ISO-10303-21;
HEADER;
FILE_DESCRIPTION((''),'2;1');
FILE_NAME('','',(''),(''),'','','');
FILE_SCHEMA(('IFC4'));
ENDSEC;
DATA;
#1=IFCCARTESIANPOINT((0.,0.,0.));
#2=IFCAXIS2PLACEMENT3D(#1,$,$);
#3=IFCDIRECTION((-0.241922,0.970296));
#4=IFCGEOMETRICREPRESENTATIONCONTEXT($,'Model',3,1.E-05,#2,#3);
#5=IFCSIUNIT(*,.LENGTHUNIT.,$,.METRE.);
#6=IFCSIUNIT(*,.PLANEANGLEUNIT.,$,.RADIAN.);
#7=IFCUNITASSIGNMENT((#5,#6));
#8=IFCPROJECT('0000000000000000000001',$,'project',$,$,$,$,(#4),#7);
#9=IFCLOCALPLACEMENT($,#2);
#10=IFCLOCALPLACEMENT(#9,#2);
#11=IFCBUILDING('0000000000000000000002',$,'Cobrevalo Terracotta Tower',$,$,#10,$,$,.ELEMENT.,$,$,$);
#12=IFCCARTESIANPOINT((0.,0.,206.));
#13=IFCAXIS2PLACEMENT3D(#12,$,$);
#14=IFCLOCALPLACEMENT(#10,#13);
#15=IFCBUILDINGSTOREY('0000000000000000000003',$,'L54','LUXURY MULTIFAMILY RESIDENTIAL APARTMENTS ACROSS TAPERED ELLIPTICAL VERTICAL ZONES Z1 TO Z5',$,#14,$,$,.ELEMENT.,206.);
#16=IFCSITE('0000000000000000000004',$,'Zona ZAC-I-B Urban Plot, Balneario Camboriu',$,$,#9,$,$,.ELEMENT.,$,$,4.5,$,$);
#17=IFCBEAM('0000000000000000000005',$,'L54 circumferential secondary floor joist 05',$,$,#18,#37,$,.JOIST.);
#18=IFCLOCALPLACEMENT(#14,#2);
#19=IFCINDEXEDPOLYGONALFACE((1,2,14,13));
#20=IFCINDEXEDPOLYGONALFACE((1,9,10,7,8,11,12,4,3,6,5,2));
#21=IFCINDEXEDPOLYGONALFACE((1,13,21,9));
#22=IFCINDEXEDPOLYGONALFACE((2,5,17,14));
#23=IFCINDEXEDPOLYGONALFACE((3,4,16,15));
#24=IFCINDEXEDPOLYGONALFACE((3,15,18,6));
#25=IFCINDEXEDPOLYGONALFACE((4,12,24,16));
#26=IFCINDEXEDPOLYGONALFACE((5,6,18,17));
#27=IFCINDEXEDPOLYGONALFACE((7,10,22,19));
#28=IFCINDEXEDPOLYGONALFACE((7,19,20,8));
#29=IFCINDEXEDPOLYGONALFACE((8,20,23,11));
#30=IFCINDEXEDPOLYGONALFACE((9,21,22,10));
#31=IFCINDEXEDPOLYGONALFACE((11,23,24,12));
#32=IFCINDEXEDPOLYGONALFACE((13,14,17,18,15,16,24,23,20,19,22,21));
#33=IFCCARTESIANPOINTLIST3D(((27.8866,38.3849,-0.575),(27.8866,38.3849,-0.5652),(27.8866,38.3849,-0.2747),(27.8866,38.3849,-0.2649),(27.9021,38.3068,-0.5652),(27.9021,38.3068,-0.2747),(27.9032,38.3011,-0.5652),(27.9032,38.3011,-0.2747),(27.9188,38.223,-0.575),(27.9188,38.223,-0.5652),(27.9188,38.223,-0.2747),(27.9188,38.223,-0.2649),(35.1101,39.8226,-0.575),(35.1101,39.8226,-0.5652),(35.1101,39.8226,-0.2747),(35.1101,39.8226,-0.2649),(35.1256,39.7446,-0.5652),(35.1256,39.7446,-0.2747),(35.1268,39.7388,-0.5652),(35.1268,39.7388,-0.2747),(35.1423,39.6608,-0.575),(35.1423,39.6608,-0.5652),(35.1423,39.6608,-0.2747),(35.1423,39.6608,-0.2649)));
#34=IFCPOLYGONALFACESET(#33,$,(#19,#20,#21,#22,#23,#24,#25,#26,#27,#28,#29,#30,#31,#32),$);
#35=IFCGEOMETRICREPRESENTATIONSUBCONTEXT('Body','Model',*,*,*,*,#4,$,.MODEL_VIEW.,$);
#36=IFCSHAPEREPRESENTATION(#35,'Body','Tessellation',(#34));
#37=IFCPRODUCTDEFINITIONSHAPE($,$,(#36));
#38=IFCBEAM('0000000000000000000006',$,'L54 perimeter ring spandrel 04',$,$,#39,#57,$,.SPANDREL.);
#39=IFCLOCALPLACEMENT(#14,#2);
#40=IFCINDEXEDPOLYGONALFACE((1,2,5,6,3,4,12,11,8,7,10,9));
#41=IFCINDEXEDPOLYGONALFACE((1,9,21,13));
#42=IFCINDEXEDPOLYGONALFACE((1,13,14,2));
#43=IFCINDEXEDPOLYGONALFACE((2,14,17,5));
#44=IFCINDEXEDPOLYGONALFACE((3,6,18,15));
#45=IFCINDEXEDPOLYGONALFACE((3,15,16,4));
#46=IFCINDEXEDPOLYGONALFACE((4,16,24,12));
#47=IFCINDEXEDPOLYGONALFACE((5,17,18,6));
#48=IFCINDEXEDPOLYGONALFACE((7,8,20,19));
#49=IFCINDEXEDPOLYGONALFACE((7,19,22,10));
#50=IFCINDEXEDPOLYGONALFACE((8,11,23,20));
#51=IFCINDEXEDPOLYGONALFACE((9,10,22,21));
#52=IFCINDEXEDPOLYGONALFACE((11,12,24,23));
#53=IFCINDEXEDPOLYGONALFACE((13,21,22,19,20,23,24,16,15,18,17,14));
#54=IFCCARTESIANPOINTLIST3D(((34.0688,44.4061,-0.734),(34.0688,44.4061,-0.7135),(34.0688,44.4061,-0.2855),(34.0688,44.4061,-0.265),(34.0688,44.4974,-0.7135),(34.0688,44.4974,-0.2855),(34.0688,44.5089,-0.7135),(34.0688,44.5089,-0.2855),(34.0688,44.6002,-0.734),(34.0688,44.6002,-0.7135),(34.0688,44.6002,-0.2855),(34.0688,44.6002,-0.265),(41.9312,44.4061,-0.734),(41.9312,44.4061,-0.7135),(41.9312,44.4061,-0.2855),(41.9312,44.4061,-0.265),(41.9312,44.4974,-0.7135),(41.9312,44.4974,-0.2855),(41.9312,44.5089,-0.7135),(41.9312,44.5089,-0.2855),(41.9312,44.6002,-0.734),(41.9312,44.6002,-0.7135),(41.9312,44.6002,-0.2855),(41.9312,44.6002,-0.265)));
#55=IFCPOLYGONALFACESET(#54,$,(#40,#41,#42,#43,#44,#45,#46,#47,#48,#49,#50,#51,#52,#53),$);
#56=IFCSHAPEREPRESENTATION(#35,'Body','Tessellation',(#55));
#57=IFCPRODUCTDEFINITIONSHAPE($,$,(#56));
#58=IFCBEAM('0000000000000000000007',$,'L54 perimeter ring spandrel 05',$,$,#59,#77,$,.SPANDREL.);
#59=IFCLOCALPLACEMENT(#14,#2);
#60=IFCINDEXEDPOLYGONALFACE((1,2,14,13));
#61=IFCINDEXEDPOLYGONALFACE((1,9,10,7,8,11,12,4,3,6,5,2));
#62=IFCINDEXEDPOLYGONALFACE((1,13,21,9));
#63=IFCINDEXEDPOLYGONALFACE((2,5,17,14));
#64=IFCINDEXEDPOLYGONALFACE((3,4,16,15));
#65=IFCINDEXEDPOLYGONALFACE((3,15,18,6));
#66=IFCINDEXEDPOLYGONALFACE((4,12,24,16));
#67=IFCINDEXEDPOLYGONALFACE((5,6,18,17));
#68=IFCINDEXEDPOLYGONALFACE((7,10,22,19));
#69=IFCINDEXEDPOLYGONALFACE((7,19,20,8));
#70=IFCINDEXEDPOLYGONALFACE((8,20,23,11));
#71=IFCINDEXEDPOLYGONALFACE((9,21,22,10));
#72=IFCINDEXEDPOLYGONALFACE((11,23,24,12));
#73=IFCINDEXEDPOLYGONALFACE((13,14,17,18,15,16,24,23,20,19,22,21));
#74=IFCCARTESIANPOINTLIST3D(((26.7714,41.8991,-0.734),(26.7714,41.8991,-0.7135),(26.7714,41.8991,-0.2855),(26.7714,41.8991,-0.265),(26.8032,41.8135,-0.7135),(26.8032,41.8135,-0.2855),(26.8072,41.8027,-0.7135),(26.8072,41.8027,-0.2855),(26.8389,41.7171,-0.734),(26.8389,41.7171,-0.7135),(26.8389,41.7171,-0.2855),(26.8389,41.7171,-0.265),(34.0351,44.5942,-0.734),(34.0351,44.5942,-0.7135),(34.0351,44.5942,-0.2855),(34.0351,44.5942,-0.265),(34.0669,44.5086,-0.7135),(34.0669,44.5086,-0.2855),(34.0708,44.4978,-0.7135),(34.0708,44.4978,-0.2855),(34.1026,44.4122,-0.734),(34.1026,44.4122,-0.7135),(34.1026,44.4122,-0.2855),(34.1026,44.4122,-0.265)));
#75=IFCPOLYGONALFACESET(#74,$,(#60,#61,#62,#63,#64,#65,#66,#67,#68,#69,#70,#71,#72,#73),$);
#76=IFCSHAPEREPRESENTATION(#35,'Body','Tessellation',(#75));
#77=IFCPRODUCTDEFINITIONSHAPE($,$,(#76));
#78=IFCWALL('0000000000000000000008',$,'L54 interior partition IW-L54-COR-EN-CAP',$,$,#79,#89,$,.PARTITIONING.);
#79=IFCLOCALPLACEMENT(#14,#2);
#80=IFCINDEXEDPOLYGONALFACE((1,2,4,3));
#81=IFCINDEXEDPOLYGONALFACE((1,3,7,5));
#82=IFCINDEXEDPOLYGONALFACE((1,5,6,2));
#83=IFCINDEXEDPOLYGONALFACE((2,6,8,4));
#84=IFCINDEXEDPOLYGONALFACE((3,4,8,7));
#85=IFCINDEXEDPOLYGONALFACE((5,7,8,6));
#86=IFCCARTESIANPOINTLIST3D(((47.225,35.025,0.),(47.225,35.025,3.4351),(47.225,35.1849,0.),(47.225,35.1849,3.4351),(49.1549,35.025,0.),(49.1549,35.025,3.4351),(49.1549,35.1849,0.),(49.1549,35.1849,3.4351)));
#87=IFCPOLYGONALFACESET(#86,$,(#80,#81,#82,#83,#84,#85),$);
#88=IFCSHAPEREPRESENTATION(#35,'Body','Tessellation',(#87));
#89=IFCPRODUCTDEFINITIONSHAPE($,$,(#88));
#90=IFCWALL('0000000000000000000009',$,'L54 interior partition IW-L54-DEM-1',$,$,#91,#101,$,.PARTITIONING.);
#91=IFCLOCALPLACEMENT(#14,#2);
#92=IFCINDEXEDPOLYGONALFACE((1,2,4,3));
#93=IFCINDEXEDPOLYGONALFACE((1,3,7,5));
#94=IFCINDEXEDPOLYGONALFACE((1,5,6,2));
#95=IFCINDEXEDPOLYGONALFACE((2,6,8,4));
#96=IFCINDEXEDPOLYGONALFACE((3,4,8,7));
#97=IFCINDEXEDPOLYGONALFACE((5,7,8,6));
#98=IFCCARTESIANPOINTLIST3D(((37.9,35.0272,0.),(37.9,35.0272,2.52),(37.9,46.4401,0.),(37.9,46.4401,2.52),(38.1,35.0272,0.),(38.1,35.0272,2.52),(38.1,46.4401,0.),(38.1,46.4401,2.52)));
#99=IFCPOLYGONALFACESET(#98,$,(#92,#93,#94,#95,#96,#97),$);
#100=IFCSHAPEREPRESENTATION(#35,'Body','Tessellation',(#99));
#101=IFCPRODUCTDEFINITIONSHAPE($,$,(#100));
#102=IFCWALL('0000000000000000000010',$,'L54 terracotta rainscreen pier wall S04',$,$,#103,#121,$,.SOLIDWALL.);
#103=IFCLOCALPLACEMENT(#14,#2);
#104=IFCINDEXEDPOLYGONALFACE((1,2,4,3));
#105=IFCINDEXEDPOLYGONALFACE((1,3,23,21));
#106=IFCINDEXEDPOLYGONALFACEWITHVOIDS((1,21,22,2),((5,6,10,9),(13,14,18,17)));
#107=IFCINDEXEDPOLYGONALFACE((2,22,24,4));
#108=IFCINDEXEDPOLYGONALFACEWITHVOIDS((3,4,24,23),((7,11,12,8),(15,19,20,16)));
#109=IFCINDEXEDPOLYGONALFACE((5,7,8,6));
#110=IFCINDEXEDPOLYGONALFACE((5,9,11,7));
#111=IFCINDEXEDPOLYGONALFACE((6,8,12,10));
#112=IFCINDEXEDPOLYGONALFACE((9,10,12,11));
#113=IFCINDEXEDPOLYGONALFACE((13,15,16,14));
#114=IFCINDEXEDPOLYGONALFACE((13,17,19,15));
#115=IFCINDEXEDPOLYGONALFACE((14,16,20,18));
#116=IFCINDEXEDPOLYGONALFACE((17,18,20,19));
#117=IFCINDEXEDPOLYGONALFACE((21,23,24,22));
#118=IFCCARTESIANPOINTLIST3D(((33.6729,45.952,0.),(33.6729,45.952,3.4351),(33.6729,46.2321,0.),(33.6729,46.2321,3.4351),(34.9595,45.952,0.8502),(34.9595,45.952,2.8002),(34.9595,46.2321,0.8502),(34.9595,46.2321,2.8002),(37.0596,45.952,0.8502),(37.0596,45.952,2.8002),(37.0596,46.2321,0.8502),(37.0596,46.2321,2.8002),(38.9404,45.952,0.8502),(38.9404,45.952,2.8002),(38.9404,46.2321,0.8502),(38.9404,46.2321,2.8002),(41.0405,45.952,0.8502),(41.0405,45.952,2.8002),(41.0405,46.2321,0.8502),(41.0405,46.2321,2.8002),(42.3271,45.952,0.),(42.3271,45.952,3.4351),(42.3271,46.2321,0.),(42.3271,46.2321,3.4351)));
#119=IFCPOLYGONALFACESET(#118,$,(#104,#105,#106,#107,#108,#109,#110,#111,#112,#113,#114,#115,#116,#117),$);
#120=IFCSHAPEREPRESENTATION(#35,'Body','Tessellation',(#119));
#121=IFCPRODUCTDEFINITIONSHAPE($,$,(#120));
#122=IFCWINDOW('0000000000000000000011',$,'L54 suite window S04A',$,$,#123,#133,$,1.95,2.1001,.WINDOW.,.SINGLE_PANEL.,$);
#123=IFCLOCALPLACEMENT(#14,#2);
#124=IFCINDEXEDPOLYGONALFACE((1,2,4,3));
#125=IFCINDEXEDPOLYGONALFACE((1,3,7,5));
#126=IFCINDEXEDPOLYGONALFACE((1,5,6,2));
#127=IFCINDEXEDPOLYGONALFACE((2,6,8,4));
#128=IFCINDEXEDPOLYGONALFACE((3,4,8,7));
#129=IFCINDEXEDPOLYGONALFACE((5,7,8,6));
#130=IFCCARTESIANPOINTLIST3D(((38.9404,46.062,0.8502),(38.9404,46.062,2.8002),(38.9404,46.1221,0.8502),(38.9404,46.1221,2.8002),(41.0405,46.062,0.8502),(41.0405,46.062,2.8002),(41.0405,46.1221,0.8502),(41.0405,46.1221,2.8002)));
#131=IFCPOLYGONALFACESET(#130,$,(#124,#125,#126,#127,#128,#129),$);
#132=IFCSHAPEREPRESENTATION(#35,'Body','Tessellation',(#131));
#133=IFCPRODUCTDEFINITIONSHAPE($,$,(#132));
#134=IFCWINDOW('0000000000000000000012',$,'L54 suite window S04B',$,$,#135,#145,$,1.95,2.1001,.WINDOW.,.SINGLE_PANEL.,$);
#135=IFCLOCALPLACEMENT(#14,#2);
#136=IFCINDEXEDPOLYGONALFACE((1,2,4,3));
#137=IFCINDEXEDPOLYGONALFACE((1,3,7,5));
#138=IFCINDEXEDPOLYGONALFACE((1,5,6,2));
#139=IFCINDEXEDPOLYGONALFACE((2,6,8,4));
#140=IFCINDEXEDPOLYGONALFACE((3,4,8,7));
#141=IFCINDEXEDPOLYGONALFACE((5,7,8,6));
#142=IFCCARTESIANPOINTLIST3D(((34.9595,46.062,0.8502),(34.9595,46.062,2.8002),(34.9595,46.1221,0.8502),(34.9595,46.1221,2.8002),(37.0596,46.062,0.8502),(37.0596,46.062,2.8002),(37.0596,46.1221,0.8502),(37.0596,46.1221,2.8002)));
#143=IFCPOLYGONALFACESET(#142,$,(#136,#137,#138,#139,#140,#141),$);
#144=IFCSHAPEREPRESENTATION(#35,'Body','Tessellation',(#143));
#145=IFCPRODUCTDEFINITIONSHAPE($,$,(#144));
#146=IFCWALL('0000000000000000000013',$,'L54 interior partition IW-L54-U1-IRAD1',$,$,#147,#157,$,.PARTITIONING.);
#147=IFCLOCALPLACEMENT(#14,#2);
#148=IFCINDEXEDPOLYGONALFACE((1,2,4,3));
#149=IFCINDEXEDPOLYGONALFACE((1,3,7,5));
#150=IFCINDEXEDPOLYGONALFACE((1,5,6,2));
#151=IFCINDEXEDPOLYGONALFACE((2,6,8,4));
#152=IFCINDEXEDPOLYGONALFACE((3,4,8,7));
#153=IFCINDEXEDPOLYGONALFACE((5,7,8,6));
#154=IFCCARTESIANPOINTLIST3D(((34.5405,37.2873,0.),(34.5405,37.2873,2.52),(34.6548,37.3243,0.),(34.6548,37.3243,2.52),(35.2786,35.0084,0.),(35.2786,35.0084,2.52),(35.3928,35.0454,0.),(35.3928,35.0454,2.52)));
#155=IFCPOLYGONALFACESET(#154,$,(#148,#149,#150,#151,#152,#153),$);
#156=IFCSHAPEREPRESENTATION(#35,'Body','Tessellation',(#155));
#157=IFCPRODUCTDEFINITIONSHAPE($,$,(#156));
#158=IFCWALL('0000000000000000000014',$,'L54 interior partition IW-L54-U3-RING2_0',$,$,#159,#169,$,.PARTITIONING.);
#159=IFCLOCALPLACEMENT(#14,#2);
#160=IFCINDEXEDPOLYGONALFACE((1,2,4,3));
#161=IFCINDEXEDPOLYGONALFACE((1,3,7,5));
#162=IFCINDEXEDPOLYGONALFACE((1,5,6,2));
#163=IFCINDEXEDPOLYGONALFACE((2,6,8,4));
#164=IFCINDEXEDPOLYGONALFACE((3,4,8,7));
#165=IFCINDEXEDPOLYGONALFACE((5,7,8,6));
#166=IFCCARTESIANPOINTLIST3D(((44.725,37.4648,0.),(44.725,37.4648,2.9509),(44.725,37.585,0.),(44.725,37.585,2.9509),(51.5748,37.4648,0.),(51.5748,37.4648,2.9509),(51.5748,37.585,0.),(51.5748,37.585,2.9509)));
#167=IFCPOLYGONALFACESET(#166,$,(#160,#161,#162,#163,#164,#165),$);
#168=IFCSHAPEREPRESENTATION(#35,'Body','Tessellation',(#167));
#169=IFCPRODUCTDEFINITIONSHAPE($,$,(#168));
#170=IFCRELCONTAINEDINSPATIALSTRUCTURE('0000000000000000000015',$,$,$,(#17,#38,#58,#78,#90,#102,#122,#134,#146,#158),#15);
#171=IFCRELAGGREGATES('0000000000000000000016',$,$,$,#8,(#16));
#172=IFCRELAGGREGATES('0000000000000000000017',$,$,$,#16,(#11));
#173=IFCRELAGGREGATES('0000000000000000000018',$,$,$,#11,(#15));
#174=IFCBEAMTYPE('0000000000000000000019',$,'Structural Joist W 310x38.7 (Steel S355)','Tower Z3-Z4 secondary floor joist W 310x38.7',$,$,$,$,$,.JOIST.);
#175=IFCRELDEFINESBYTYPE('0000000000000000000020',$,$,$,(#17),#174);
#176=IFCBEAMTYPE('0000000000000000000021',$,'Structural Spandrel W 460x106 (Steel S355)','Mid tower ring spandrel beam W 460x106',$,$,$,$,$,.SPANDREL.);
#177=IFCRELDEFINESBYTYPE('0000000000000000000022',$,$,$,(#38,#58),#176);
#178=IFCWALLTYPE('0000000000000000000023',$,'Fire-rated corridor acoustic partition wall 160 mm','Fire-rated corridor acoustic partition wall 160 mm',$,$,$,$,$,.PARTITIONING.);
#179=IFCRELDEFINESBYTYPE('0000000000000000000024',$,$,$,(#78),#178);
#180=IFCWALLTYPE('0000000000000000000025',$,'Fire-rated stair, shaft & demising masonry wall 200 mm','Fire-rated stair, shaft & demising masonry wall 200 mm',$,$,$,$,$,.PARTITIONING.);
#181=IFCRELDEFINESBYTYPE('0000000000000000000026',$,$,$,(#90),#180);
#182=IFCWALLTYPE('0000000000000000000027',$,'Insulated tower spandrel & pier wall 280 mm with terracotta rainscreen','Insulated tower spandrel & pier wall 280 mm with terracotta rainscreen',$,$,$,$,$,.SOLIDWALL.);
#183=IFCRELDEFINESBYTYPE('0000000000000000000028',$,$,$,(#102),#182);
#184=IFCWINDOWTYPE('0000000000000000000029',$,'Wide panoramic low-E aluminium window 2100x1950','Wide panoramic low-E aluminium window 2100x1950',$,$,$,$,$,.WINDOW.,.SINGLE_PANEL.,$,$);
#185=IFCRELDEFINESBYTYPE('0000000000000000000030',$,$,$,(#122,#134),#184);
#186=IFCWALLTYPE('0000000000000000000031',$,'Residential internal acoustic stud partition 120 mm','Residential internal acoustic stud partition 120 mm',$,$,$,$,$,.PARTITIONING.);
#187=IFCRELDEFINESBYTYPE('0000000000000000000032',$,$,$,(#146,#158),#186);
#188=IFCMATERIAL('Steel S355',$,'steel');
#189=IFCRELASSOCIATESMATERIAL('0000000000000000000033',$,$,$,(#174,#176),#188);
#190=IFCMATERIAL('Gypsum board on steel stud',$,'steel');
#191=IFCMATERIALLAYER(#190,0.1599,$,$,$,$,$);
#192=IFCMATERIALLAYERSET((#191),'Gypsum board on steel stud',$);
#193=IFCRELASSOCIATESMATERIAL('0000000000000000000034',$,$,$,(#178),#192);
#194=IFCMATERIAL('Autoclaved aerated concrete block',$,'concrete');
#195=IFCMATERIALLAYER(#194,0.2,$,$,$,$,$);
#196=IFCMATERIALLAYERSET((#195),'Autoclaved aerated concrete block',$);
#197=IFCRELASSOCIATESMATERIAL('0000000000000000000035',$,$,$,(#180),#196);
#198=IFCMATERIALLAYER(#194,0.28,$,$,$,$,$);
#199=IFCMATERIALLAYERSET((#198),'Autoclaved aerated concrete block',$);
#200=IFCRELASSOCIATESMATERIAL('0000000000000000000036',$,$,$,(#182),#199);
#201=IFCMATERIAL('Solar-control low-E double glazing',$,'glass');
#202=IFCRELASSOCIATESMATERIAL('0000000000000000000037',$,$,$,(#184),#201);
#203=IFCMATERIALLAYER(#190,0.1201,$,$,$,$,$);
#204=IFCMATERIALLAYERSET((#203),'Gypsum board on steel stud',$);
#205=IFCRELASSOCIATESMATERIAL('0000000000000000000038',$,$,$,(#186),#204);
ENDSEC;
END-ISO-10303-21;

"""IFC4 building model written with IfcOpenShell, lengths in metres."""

from ifc_helpers import new_model, si_unit, direction, frame, frame_2d, origin, origin_2d, place, context, subcontext, project, spatial, rectangle, i_section, extrude, source, transform, mapped, material, layer, layer_set, material_profile, profile_set, type_object, element, fill, save


model = new_model("IFC4")

# Units and contexts
model_context = context("Model", 3, precision=1e-05, world=origin(), true_north=direction((-0.241922, 0.970296)))
body_context = subcontext(model_context, "Body", "Model", "MODEL_VIEW")
ifc_project = project(units=[si_unit("LENGTHUNIT", "METRE"), si_unit("PLANEANGLEUNIT", "RADIAN")], contexts=[model_context])

# Site, building, storey
site_placement = place(None, origin())
site = spatial("IfcSite", under=ifc_project, at=site_placement, Name="Zona ZAC-I-B Urban Plot, Balneario Camboriu", CompositionType="ELEMENT", RefElevation=4.5)
building_placement = place(site_placement, origin())
building = spatial("IfcBuilding", under=site, at=building_placement, Name="Cobrevalo Terracotta Tower", CompositionType="ELEMENT")
storey_placement = place(building_placement, frame((0.0, 0.0, 206.0)))
storey = spatial("IfcBuildingStorey", under=building, at=storey_placement, Name="L54", Description="LUXURY MULTIFAMILY RESIDENTIAL APARTMENTS ACROSS TAPERED ELLIPTICAL VERTICAL ZONES Z1 TO Z5", CompositionType="ELEMENT", Elevation=206.0)

# Shared definitions
ifc_material_1 = material(Name="Steel S355", Category="steel")

# Beams
ifc_material_profile_1 = material_profile(ifc_material_1, i_section(OverallWidth=0.165, OverallDepth=0.3101, WebThickness=0.0059, FlangeThickness=0.0098, at=origin_2d()), Name="W 310x38.7")
ifc_profile_set_1 = profile_set([ifc_material_profile_1], Name="Steel S355")
beam_type_1 = type_object("IfcBeamType", Name="Structural Joist W 310x38.7 (Steel S355)", Description="Tower Z3-Z4 secondary floor joist W 310x38.7", PredefinedType="JOIST", material=ifc_profile_set_1)
beam_1_placement = place(storey_placement, frame((35.1262, 39.7417, -0.4199), z_axis=(-0.980763, -0.195204, 0.0), x_axis=(0.195204, -0.980763, 0.0)))
element("IfcBeam", 1, at=beam_1_placement, inside=storey, type_object=beam_type_1, Name="L54 circumferential secondary floor joist 05", PredefinedType="JOIST", context=body_context, shape_type="SweptSolid", body=[
    extrude(i_section(OverallWidth=0.165, OverallDepth=0.3101, WebThickness=0.0059, FlangeThickness=0.0098, at=origin_2d()), origin(), (0.0, 0.0, 1.0), 7.3652),
])
ifc_material_profile_2 = material_profile(ifc_material_1, i_section(OverallWidth=0.1941, OverallDepth=0.469, WebThickness=0.0115, FlangeThickness=0.0205, at=origin_2d()), Name="W 460x106")
ifc_profile_set_2 = profile_set([ifc_material_profile_2], Name="Steel S355")
beam_type_2 = type_object("IfcBeamType", Name="Structural Spandrel W 460x106 (Steel S355)", Description="Mid tower ring spandrel beam W 460x106", PredefinedType="SPANDREL", material=ifc_profile_set_2)
beam_2_placement = place(storey_placement, frame((41.9312, 44.5032, -0.4995), z_axis=(-1.0, 0.0, 0.0), x_axis=(0.0, -1.0, 0.0)))
element("IfcBeam", 2, at=beam_2_placement, inside=storey, type_object=beam_type_2, Name="L54 perimeter ring spandrel 04", PredefinedType="SPANDREL", context=body_context, shape_type="SweptSolid", body=[
    extrude(i_section(OverallWidth=0.1941, OverallDepth=0.469, WebThickness=0.0115, FlangeThickness=0.0205, at=origin_2d()), origin(), (0.0, 0.0, 1.0), 7.8623),
])
beam_3_placement = place(storey_placement, frame((34.0688, 44.5032, -0.4995), z_axis=(-0.937546, -0.347861, 0.0), x_axis=(0.347861, -0.937546, 0.0)))
element("IfcBeam", 3, at=beam_3_placement, inside=storey, type_object=beam_type_2, Name="L54 perimeter ring spandrel 05", PredefinedType="SPANDREL", context=body_context, shape_type="SweptSolid", body=[
    extrude(i_section(OverallWidth=0.1941, OverallDepth=0.469, WebThickness=0.0115, FlangeThickness=0.0205, at=origin_2d()), origin(), (0.0, 0.0, 1.0), 7.7476),
])

# Walls
ifc_material_2 = material(Name="Gypsum board on steel stud", Category="steel")
ifc_layer_1 = layer(ifc_material_2, 0.1599)
ifc_layer_set_1 = layer_set([ifc_layer_1], Name="Gypsum board on steel stud")
wall_type_1 = type_object("IfcWallType", Name="Fire-rated corridor acoustic partition wall 160 mm", Description="Fire-rated corridor acoustic partition wall 160 mm", PredefinedType="PARTITIONING", material=ifc_layer_set_1)
wall_1_placement = place(storey_placement, frame((47.2251, 35.105, 0.0), z_axis=(0.0, 0.0, 1.0), x_axis=(1.0, 0.0, 0.0)))
element("IfcWall", 4, at=wall_1_placement, inside=storey, type_object=wall_type_1, Name="L54 interior partition IW-L54-COR-EN-CAP", PredefinedType="PARTITIONING", context=body_context, shape_type="SweptSolid", body=[
    extrude(rectangle(XDim=1.9299, YDim=0.1599, at=frame_2d((0.9648, 0.0))), origin(), (0.0, 0.0, 1.0), 3.4351),
])
ifc_material_3 = material(Name="Autoclaved aerated concrete block", Category="concrete")
ifc_layer_2 = layer(ifc_material_3, 0.2)
ifc_layer_set_2 = layer_set([ifc_layer_2], Name="Autoclaved aerated concrete block")
wall_type_2 = type_object("IfcWallType", Name="Fire-rated stair, shaft & demising masonry wall 200 mm", Description="Fire-rated stair, shaft & demising masonry wall 200 mm", PredefinedType="PARTITIONING", material=ifc_layer_set_2)
wall_2_placement = place(storey_placement, frame((38.0, 35.0271, 0.0), z_axis=(0.0, 0.0, 1.0), x_axis=(0.0, 1.0, 0.0)))
element("IfcWall", 5, at=wall_2_placement, inside=storey, type_object=wall_type_2, Name="L54 interior partition IW-L54-DEM-1", PredefinedType="PARTITIONING", context=body_context, shape_type="SweptSolid", body=[
    extrude(rectangle(XDim=11.4128, YDim=0.2, at=frame_2d((5.7065, 0.0))), origin(), (0.0, 0.0, 1.0), 2.52),
])

# Wall, openings, windows
ifc_layer_3 = layer(ifc_material_3, 0.28)
ifc_layer_set_3 = layer_set([ifc_layer_3], Name="Autoclaved aerated concrete block")
wall_type_3 = type_object("IfcWallType", Name="Insulated tower spandrel & pier wall 280 mm with terracotta rainscreen", Description="Insulated tower spandrel & pier wall 280 mm with terracotta rainscreen", PredefinedType="SOLIDWALL", material=ifc_layer_set_3)
wall_3_placement = place(storey_placement, frame((42.3271, 46.092, 0.0), z_axis=(0.0, 0.0, 1.0), x_axis=(-1.0, 0.0, 0.0)))
wall_3 = element("IfcWall", 6, at=wall_3_placement, inside=storey, type_object=wall_type_3, Name="L54 terracotta rainscreen pier wall S04", PredefinedType="SOLIDWALL", context=body_context, shape_type="SweptSolid", body=[
    extrude(rectangle(XDim=8.6543, YDim=0.28, at=frame_2d((4.3271, 0.0))), origin(), (0.0, 0.0, 1.0), 3.4351),
])
opening_1_placement = place(wall_3_placement, frame((1.2866, 0.0, 0.8501)))
opening_1 = element("IfcOpeningElement", 7, at=opening_1_placement, cuts=wall_3, PredefinedType="OPENING", context=body_context, shape_type="SweptSolid", body=[
    extrude(rectangle(XDim=2.1001, YDim=1.95, at=frame_2d((1.05, 0.9751))), frame((0.0, 0.1499, 0.0), z_axis=(0.0, -1.0, 0.0), x_axis=(1.0, 0.0, 0.0)), (0.0, 0.0, 1.0), 0.3),
])
opening_2_placement = place(wall_3_placement, frame((5.2676, 0.0, 0.8501)))
opening_2 = element("IfcOpeningElement", 8, at=opening_2_placement, cuts=wall_3, PredefinedType="OPENING", context=body_context, shape_type="SweptSolid", body=[
    extrude(rectangle(XDim=2.1001, YDim=1.95, at=frame_2d((1.05, 0.9751))), frame((0.0, 0.1499, 0.0), z_axis=(0.0, -1.0, 0.0), x_axis=(1.0, 0.0, 0.0)), (0.0, 0.0, 1.0), 0.3),
])
ifc_material_4 = material(Name="Solar-control low-E double glazing", Category="glass")
window_type = type_object("IfcWindowType", Name="Wide panoramic low-E aluminium window 2100x1950", Description="Wide panoramic low-E aluminium window 2100x1950", PartitioningType="SINGLE_PANEL", PredefinedType="WINDOW", material=ifc_material_4)
shared_shape_1 = source(origin(), body_context, "Body", "SweptSolid", [
    extrude(rectangle(XDim=2.1001, YDim=1.95, at=frame_2d((1.05, 0.9751))), frame((0.0, 0.03, 0.0), z_axis=(0.0, -1.0, 0.0), x_axis=(1.0, 0.0, 0.0)), (0.0, 0.0, 1.0), 0.0601),
])
window_1_placement = place(opening_1_placement, origin())
window_1 = element("IfcWindow", 9, at=window_1_placement, inside=storey, type_object=window_type, Name="L54 suite window S04A", OverallHeight=1.95, OverallWidth=2.1001, PartitioningType="SINGLE_PANEL", PredefinedType="WINDOW", context=body_context, shape_type="MappedRepresentation", body=[
    mapped(shared_shape_1, transform((0.0, 0.0, 0.0), scale=1.0)),
])
fill(opening_1, window_1)
window_2_placement = place(opening_2_placement, origin())
window_2 = element("IfcWindow", 10, at=window_2_placement, inside=storey, type_object=window_type, Name="L54 suite window S04B", OverallHeight=1.95, OverallWidth=2.1001, PartitioningType="SINGLE_PANEL", PredefinedType="WINDOW", context=body_context, shape_type="MappedRepresentation", body=[
    mapped(shared_shape_1, transform((0.0, 0.0, 0.0), scale=1.0)),
])
fill(opening_2, window_2)

# Wall
ifc_layer_4 = layer(ifc_material_2, 0.1201)
ifc_layer_set_4 = layer_set([ifc_layer_4], Name="Gypsum board on steel stud")
wall_type_4 = type_object("IfcWallType", Name="Residential internal acoustic stud partition 120 mm", Description="Residential internal acoustic stud partition 120 mm", PredefinedType="PARTITIONING", material=ifc_layer_set_4)
wall_4_placement = place(storey_placement, frame((35.3357, 35.0269, 0.0), z_axis=(0.0, 0.0, 1.0), x_axis=(-0.308083, 0.951359, 0.0)))
element("IfcWall", 11, at=wall_4_placement, inside=storey, type_object=wall_type_4, Name="L54 interior partition IW-L54-U1-IRAD1", PredefinedType="PARTITIONING", context=body_context, shape_type="SweptSolid", body=[
    extrude(rectangle(XDim=2.3955, YDim=0.1201, at=frame_2d((1.1978, 0.0))), origin(), (0.0, 0.0, 1.0), 2.52),
])

# Wall
wall_5_placement = place(storey_placement, frame((44.7251, 37.5249, 0.0), z_axis=(0.0, 0.0, 1.0), x_axis=(1.0, 0.0, 0.0)))
element("IfcWall", 12, at=wall_5_placement, inside=storey, type_object=wall_type_4, Name="L54 interior partition IW-L54-U3-RING2_0", PredefinedType="PARTITIONING", context=body_context, shape_type="SweptSolid", body=[
    extrude(rectangle(XDim=6.8499, YDim=0.1201, at=frame_2d((3.4248, 0.0))), origin(), (0.0, 0.0, 1.0), 2.9509),
])

save(model, "model.ifc")
